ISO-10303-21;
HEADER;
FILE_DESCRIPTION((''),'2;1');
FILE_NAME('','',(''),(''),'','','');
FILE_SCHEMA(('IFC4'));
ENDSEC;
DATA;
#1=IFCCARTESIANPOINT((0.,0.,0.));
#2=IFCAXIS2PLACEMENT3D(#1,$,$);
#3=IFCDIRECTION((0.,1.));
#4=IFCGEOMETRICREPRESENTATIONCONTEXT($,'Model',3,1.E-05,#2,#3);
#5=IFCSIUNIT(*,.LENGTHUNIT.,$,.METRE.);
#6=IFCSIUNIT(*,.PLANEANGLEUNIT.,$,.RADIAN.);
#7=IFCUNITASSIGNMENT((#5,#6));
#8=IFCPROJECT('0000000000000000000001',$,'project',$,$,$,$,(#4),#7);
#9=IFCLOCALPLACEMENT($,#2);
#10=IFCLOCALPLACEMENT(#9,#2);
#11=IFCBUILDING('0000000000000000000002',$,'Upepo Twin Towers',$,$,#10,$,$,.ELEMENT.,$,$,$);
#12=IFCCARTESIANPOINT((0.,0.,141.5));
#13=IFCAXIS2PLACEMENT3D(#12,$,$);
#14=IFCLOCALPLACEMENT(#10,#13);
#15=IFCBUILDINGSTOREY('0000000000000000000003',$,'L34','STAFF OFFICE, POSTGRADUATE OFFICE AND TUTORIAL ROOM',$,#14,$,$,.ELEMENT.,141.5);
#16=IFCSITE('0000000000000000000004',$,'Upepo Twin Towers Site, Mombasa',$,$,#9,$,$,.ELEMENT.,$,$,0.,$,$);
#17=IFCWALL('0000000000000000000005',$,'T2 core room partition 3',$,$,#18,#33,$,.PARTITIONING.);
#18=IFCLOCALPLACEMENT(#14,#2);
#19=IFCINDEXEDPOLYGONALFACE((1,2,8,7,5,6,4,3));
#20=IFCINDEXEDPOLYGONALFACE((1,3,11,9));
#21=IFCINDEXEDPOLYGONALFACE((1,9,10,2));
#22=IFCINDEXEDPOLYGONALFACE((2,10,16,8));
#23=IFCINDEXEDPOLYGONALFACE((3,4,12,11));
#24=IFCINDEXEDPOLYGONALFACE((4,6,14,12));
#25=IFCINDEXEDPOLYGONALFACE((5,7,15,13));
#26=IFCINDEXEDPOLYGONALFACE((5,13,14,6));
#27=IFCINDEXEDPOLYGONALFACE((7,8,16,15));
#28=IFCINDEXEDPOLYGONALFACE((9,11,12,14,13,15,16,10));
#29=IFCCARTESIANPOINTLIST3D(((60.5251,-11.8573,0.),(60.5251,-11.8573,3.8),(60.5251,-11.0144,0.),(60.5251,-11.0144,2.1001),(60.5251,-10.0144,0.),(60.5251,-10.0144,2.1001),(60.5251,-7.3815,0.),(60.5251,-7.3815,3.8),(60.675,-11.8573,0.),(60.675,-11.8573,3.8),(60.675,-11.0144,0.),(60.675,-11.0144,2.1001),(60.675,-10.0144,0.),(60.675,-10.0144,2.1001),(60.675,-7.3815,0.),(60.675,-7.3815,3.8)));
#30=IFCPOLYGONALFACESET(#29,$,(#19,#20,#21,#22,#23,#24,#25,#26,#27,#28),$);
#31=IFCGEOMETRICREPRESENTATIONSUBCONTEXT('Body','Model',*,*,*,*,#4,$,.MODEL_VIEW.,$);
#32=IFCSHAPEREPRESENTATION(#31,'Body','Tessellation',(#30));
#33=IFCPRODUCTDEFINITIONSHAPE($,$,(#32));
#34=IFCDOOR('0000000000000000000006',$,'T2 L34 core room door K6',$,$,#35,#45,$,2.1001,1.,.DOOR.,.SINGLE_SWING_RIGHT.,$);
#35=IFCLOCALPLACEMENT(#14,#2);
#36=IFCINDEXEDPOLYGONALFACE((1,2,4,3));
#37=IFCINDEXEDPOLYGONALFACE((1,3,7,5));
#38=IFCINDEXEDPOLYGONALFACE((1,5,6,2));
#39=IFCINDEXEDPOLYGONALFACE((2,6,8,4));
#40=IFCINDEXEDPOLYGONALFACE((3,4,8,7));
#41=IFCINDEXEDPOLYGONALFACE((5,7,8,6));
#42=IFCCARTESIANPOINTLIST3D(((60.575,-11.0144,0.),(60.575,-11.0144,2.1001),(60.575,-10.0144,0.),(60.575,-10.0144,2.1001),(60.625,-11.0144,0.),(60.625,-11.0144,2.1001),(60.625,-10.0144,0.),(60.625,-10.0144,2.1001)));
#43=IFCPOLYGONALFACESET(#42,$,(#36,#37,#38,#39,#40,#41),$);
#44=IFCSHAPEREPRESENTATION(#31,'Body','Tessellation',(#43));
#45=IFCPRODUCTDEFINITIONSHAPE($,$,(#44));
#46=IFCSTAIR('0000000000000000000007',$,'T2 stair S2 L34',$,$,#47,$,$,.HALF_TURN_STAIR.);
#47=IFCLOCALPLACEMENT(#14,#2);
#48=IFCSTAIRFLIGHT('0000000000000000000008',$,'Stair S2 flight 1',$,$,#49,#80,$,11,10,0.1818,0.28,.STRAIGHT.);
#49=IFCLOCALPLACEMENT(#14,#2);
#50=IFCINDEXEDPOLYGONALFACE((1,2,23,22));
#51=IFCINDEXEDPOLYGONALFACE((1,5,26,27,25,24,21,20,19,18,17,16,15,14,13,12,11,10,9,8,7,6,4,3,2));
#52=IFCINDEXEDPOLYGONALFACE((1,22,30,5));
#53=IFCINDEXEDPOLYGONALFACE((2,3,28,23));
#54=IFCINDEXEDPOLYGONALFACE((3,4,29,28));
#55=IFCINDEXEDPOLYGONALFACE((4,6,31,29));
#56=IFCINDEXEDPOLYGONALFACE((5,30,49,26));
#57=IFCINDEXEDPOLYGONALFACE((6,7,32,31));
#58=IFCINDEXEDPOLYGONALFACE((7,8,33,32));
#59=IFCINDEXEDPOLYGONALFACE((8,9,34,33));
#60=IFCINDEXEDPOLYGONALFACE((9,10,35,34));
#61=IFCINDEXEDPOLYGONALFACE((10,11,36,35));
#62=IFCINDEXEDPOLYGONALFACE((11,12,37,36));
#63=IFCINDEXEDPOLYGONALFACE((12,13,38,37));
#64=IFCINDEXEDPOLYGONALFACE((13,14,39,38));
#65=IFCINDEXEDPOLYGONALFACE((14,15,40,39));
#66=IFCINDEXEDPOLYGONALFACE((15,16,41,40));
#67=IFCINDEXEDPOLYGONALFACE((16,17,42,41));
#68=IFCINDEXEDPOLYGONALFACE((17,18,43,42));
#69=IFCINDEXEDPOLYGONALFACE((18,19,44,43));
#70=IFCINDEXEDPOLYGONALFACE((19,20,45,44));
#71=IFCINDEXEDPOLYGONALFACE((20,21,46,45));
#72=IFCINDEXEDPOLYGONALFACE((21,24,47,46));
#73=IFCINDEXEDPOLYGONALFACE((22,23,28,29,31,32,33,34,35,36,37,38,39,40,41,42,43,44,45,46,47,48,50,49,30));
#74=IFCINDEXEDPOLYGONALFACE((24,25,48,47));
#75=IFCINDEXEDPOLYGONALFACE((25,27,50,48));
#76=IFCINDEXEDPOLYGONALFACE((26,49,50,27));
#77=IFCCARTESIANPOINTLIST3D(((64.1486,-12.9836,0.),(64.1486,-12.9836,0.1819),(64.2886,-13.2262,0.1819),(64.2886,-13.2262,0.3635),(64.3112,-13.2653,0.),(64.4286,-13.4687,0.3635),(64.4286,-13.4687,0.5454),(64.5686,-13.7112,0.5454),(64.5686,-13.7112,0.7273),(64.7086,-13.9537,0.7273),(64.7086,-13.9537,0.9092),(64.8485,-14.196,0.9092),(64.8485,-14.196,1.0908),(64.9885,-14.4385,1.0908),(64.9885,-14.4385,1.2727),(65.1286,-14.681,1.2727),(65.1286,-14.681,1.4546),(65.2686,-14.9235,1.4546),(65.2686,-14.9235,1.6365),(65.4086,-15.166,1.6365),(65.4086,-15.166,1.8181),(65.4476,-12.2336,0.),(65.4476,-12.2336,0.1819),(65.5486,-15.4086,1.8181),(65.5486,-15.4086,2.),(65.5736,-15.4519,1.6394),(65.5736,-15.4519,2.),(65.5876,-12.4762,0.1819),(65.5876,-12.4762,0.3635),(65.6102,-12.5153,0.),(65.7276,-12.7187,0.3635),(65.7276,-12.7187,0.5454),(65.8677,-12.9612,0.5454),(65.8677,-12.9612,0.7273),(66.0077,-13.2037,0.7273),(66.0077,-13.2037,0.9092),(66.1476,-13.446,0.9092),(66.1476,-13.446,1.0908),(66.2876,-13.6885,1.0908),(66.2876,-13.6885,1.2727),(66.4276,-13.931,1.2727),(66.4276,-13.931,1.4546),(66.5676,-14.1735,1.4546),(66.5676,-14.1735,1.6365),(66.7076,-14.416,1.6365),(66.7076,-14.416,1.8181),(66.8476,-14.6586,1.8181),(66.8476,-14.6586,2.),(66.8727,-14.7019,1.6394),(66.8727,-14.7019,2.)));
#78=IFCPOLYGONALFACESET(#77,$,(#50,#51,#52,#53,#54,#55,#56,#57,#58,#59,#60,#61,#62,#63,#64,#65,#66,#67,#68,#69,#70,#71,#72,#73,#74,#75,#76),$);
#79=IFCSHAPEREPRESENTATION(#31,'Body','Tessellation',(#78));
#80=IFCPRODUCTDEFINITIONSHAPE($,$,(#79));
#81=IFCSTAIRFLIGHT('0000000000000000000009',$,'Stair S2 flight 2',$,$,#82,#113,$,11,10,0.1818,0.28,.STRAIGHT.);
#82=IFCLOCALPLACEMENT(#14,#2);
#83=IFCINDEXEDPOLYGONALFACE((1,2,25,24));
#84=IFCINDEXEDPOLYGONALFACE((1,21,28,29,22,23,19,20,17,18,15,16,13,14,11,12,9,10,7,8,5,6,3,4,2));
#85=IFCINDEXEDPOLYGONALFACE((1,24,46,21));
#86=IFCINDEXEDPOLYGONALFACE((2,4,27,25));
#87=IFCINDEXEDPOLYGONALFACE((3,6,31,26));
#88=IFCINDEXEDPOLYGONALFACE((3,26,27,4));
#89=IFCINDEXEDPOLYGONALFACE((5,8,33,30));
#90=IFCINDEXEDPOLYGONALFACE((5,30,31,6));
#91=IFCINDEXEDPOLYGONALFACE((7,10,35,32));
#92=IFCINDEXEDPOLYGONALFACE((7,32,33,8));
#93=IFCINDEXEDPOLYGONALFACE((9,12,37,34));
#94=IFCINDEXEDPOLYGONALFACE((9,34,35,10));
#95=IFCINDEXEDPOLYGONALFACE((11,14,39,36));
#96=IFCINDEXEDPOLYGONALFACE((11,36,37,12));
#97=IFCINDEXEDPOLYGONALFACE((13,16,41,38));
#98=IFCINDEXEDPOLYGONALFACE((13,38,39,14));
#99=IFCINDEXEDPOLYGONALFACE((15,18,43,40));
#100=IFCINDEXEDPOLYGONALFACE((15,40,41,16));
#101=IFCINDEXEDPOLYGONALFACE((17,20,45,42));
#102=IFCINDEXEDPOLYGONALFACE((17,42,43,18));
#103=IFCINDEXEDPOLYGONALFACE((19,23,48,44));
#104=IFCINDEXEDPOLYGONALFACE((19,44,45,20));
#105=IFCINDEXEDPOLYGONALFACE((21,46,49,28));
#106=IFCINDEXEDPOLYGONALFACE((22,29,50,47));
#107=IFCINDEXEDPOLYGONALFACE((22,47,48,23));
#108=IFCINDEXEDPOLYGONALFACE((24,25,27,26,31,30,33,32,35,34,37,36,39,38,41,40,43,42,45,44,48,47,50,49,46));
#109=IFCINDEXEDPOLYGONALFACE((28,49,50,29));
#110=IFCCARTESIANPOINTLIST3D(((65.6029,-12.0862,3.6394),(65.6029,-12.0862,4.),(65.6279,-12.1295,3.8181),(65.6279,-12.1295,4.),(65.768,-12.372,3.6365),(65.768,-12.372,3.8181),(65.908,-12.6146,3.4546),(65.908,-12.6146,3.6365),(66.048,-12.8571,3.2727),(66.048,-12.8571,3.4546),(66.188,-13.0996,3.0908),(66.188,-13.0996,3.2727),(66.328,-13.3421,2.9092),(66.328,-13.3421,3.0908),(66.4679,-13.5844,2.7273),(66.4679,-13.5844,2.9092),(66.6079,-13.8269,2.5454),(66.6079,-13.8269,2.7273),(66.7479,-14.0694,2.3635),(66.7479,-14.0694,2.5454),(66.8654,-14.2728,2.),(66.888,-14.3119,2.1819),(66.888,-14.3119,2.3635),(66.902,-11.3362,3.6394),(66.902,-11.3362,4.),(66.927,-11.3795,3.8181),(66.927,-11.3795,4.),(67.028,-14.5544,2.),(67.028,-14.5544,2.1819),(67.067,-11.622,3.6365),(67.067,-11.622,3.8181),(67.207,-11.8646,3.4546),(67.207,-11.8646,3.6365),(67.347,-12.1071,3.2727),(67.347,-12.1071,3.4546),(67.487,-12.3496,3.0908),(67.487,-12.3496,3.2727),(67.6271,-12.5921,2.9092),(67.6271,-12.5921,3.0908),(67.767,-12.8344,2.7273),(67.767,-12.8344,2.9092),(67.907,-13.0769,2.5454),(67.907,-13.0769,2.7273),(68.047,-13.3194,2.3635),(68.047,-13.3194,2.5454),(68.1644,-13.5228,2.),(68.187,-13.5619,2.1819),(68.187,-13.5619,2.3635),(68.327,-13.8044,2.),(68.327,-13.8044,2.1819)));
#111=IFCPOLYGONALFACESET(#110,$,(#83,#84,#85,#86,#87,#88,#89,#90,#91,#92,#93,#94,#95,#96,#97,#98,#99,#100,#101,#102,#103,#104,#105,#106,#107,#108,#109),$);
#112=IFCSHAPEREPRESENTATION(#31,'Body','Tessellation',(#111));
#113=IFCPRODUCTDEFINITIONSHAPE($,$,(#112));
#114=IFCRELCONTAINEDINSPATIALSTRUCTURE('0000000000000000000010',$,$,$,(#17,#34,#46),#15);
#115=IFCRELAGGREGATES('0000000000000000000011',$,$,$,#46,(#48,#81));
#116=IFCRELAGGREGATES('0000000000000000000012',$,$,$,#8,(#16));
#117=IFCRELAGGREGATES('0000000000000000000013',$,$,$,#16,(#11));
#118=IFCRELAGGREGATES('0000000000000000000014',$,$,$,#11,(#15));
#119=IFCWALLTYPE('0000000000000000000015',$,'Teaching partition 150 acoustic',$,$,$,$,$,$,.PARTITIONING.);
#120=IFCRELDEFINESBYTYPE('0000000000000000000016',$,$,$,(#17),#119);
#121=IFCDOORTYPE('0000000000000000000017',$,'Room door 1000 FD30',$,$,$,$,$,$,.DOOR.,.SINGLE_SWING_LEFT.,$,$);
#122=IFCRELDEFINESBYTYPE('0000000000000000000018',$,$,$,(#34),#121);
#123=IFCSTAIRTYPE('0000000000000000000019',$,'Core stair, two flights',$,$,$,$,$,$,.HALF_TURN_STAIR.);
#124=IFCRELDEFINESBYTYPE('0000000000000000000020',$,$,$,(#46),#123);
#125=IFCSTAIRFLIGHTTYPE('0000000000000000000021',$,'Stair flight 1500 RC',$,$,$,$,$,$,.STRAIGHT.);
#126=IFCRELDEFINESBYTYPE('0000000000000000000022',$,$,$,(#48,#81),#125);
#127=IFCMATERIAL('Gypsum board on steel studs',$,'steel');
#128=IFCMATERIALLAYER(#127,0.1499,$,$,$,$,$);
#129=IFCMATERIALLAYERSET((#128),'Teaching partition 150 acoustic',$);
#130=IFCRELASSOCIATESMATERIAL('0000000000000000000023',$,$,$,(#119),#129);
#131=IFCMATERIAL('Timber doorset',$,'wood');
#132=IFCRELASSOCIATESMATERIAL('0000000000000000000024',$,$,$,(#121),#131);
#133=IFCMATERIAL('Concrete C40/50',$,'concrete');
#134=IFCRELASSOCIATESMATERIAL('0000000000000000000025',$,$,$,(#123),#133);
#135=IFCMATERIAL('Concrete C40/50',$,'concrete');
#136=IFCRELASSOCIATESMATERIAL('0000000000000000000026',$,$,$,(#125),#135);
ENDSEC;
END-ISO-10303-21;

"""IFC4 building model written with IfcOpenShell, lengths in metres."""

from ifc_helpers import new_model, si_unit, direction, frame, frame_2d, origin, place, context, subcontext, project, spatial, polyline, rectangle, outline, extrude, material, layer, layer_set, type_object, element, fill, aggregate, save


model = new_model("IFC4")

# Units and contexts
model_context = context("Model", 3, precision=1e-05, world=origin(), true_north=direction((0.0, 1.0)))
body_context = subcontext(model_context, "Body", "Model", "MODEL_VIEW")
ifc_project = project(units=[si_unit("LENGTHUNIT", "METRE"), si_unit("PLANEANGLEUNIT", "RADIAN")], contexts=[model_context])

# Site, building, storey
site_placement = place(None, origin())
site = spatial("IfcSite", under=ifc_project, at=site_placement, Name="Upepo Twin Towers Site, Mombasa", CompositionType="ELEMENT", RefElevation=0.0)
building_placement = place(site_placement, origin())
building = spatial("IfcBuilding", under=site, at=building_placement, Name="Upepo Twin Towers", CompositionType="ELEMENT")
storey_placement = place(building_placement, frame((0.0, 0.0, 141.5)))
storey = spatial("IfcBuildingStorey", under=building, at=storey_placement, Name="L34", Description="STAFF OFFICE, POSTGRADUATE OFFICE AND TUTORIAL ROOM", CompositionType="ELEMENT", Elevation=141.5)

# Wall, opening, door
ifc_material_1 = material(Name="Gypsum board on steel studs", Category="steel")
ifc_layer_1 = layer(ifc_material_1, 0.1499)
ifc_layer_set_1 = layer_set([ifc_layer_1], Name="Teaching partition 150 acoustic")
wall_type_1 = type_object("IfcWallType", Name="Teaching partition 150 acoustic", PredefinedType="PARTITIONING", material=ifc_layer_set_1)
ifc_material_2 = material(Name="Timber doorset", Category="wood")
door_type_1 = type_object("IfcDoorType", Name="Room door 1000 FD30", OperationType="SINGLE_SWING_LEFT", PredefinedType="DOOR", material=ifc_material_2)
wall_1_placement = place(storey_placement, frame((60.6001, -7.3816, 0.0), z_axis=(0.0, 0.0, 1.0), x_axis=(0.0, -1.0, 0.0)))
wall_1 = element("IfcWall", 1, at=wall_1_placement, inside=storey, type_object=wall_type_1, Name="T2 core room partition 3", PredefinedType="PARTITIONING", context=body_context, shape_type="SweptSolid", body=[
    extrude(rectangle(XDim=4.4758, YDim=0.1499, at=frame_2d((2.2378, 0.0))), origin(), (0.0, 0.0, 1.0), 3.8),
])
opening_1_placement = place(wall_1_placement, frame((2.6328, 0.0, 0.0)))
opening_1 = element("IfcOpeningElement", 2, at=opening_1_placement, cuts=wall_1, PredefinedType="OPENING", context=body_context, shape_type="SweptSolid", body=[
    extrude(rectangle(XDim=1.0, YDim=2.1001, at=frame_2d((0.5, 1.05))), frame((0.0, 0.085, 0.0), z_axis=(0.0, -1.0, 0.0), x_axis=(1.0, 0.0, 0.0)), (0.0, 0.0, 1.0), 0.1699),
])
door_1_placement = place(opening_1_placement, origin())
door_1 = element("IfcDoor", 3, at=door_1_placement, inside=storey, type_object=door_type_1, Name="T2 L34 core room door K6", OperationType="SINGLE_SWING_RIGHT", OverallHeight=2.1001, OverallWidth=1.0, PredefinedType="DOOR", context=body_context, shape_type="SweptSolid", body=[
    extrude(rectangle(XDim=1.0, YDim=2.1001, at=frame_2d((0.5, 1.05))), frame((0.0, 0.0249, 0.0), z_axis=(0.0, -1.0, 0.0), x_axis=(1.0, 0.0, 0.0)), (0.0, 0.0, 1.0), 0.05),
])
fill(opening_1, door_1)

# Stair, stair flights
ifc_material_3 = material(Name="Concrete C40/50", Category="concrete")
stair_type = type_object("IfcStairType", Name="Core stair, two flights", PredefinedType="HALF_TURN_STAIR", material=ifc_material_3)
stair_placement = place(storey_placement, origin())
stair = element("IfcStair", 4, at=stair_placement, inside=storey, type_object=stair_type, Name="T2 stair S2 L34", PredefinedType="HALF_TURN_STAIR")
ifc_material_4 = material(Name="Concrete C40/50", Category="concrete")
stair_flight_type = type_object("IfcStairFlightType", Name="Stair flight 1500 RC", PredefinedType="STRAIGHT", material=ifc_material_4)
stair_flight_1_placement = place(storey_placement, frame((64.7981, -12.6086, 0.0), z_axis=(0.0, 0.0, 1.0), x_axis=(0.5, -0.866025, 0.0)))
stair_flight_1 = element("IfcStairFlight", 5, at=stair_flight_1_placement, type_object=stair_flight_type, Name="Stair S2 flight 1", NumberOfRisers=11, NumberOfTreads=10, PredefinedType="STRAIGHT", RiserHeight=0.1818, TreadLength=0.28, context=body_context, shape_type="SweptSolid", body=[
    extrude(outline(polyline([(0.0, 0.0), (0.0, 0.1819), (0.28, 0.1819), (0.28, 0.3635), (0.5601, 0.3635), (0.5601, 0.5454), (0.8401, 0.5454), (0.8401, 0.7273), (1.1201, 0.7273), (1.1201, 0.9092), (1.3999, 0.9092), (1.3999, 1.0908), (1.6799, 1.0908), (1.6799, 1.2727), (1.96, 1.2727), (1.96, 1.4546), (2.24, 1.4546), (2.24, 1.6365), (2.52, 1.6365), (2.52, 1.8181), (2.8, 1.8181), (2.8, 2.0), (2.8501, 2.0), (2.8501, 1.6394), (0.3252, 0.0), (0.0, 0.0)])), frame((0.0, 0.75, 0.0), z_axis=(0.0, -1.0, 0.0), x_axis=(1.0, 0.0, 0.0)), (0.0, 0.0, 1.0), 1.5),
])
stair_flight_2_placement = place(storey_placement, frame((67.6775, -14.1794, 2.0), z_axis=(0.0, 0.0, 1.0), x_axis=(-0.5, 0.866025, 0.0)))
stair_flight_2 = element("IfcStairFlight", 6, at=stair_flight_2_placement, type_object=stair_flight_type, Name="Stair S2 flight 2", NumberOfRisers=11, NumberOfTreads=10, PredefinedType="STRAIGHT", RiserHeight=0.1818, TreadLength=0.28, context=body_context, shape_type="SweptSolid", body=[
    extrude(outline(polyline([(0.0, 0.0), (0.0, 0.1819), (0.28, 0.1819), (0.28, 0.3635), (0.5601, 0.3635), (0.5601, 0.5454), (0.8401, 0.5454), (0.8401, 0.7273), (1.1201, 0.7273), (1.1201, 0.9092), (1.3999, 0.9092), (1.3999, 1.0908), (1.6799, 1.0908), (1.6799, 1.2727), (1.96, 1.2727), (1.96, 1.4546), (2.24, 1.4546), (2.24, 1.6365), (2.52, 1.6365), (2.52, 1.8181), (2.8, 1.8181), (2.8, 2.0), (2.8501, 2.0), (2.8501, 1.6394), (0.3252, 0.0), (0.0, 0.0)])), frame((0.0, 0.75, 0.0), z_axis=(0.0, -1.0, 0.0), x_axis=(1.0, 0.0, 0.0)), (0.0, 0.0, 1.0), 1.5),
])
aggregate(stair, [stair_flight_1, stair_flight_2])

save(model, "model.ifc")
